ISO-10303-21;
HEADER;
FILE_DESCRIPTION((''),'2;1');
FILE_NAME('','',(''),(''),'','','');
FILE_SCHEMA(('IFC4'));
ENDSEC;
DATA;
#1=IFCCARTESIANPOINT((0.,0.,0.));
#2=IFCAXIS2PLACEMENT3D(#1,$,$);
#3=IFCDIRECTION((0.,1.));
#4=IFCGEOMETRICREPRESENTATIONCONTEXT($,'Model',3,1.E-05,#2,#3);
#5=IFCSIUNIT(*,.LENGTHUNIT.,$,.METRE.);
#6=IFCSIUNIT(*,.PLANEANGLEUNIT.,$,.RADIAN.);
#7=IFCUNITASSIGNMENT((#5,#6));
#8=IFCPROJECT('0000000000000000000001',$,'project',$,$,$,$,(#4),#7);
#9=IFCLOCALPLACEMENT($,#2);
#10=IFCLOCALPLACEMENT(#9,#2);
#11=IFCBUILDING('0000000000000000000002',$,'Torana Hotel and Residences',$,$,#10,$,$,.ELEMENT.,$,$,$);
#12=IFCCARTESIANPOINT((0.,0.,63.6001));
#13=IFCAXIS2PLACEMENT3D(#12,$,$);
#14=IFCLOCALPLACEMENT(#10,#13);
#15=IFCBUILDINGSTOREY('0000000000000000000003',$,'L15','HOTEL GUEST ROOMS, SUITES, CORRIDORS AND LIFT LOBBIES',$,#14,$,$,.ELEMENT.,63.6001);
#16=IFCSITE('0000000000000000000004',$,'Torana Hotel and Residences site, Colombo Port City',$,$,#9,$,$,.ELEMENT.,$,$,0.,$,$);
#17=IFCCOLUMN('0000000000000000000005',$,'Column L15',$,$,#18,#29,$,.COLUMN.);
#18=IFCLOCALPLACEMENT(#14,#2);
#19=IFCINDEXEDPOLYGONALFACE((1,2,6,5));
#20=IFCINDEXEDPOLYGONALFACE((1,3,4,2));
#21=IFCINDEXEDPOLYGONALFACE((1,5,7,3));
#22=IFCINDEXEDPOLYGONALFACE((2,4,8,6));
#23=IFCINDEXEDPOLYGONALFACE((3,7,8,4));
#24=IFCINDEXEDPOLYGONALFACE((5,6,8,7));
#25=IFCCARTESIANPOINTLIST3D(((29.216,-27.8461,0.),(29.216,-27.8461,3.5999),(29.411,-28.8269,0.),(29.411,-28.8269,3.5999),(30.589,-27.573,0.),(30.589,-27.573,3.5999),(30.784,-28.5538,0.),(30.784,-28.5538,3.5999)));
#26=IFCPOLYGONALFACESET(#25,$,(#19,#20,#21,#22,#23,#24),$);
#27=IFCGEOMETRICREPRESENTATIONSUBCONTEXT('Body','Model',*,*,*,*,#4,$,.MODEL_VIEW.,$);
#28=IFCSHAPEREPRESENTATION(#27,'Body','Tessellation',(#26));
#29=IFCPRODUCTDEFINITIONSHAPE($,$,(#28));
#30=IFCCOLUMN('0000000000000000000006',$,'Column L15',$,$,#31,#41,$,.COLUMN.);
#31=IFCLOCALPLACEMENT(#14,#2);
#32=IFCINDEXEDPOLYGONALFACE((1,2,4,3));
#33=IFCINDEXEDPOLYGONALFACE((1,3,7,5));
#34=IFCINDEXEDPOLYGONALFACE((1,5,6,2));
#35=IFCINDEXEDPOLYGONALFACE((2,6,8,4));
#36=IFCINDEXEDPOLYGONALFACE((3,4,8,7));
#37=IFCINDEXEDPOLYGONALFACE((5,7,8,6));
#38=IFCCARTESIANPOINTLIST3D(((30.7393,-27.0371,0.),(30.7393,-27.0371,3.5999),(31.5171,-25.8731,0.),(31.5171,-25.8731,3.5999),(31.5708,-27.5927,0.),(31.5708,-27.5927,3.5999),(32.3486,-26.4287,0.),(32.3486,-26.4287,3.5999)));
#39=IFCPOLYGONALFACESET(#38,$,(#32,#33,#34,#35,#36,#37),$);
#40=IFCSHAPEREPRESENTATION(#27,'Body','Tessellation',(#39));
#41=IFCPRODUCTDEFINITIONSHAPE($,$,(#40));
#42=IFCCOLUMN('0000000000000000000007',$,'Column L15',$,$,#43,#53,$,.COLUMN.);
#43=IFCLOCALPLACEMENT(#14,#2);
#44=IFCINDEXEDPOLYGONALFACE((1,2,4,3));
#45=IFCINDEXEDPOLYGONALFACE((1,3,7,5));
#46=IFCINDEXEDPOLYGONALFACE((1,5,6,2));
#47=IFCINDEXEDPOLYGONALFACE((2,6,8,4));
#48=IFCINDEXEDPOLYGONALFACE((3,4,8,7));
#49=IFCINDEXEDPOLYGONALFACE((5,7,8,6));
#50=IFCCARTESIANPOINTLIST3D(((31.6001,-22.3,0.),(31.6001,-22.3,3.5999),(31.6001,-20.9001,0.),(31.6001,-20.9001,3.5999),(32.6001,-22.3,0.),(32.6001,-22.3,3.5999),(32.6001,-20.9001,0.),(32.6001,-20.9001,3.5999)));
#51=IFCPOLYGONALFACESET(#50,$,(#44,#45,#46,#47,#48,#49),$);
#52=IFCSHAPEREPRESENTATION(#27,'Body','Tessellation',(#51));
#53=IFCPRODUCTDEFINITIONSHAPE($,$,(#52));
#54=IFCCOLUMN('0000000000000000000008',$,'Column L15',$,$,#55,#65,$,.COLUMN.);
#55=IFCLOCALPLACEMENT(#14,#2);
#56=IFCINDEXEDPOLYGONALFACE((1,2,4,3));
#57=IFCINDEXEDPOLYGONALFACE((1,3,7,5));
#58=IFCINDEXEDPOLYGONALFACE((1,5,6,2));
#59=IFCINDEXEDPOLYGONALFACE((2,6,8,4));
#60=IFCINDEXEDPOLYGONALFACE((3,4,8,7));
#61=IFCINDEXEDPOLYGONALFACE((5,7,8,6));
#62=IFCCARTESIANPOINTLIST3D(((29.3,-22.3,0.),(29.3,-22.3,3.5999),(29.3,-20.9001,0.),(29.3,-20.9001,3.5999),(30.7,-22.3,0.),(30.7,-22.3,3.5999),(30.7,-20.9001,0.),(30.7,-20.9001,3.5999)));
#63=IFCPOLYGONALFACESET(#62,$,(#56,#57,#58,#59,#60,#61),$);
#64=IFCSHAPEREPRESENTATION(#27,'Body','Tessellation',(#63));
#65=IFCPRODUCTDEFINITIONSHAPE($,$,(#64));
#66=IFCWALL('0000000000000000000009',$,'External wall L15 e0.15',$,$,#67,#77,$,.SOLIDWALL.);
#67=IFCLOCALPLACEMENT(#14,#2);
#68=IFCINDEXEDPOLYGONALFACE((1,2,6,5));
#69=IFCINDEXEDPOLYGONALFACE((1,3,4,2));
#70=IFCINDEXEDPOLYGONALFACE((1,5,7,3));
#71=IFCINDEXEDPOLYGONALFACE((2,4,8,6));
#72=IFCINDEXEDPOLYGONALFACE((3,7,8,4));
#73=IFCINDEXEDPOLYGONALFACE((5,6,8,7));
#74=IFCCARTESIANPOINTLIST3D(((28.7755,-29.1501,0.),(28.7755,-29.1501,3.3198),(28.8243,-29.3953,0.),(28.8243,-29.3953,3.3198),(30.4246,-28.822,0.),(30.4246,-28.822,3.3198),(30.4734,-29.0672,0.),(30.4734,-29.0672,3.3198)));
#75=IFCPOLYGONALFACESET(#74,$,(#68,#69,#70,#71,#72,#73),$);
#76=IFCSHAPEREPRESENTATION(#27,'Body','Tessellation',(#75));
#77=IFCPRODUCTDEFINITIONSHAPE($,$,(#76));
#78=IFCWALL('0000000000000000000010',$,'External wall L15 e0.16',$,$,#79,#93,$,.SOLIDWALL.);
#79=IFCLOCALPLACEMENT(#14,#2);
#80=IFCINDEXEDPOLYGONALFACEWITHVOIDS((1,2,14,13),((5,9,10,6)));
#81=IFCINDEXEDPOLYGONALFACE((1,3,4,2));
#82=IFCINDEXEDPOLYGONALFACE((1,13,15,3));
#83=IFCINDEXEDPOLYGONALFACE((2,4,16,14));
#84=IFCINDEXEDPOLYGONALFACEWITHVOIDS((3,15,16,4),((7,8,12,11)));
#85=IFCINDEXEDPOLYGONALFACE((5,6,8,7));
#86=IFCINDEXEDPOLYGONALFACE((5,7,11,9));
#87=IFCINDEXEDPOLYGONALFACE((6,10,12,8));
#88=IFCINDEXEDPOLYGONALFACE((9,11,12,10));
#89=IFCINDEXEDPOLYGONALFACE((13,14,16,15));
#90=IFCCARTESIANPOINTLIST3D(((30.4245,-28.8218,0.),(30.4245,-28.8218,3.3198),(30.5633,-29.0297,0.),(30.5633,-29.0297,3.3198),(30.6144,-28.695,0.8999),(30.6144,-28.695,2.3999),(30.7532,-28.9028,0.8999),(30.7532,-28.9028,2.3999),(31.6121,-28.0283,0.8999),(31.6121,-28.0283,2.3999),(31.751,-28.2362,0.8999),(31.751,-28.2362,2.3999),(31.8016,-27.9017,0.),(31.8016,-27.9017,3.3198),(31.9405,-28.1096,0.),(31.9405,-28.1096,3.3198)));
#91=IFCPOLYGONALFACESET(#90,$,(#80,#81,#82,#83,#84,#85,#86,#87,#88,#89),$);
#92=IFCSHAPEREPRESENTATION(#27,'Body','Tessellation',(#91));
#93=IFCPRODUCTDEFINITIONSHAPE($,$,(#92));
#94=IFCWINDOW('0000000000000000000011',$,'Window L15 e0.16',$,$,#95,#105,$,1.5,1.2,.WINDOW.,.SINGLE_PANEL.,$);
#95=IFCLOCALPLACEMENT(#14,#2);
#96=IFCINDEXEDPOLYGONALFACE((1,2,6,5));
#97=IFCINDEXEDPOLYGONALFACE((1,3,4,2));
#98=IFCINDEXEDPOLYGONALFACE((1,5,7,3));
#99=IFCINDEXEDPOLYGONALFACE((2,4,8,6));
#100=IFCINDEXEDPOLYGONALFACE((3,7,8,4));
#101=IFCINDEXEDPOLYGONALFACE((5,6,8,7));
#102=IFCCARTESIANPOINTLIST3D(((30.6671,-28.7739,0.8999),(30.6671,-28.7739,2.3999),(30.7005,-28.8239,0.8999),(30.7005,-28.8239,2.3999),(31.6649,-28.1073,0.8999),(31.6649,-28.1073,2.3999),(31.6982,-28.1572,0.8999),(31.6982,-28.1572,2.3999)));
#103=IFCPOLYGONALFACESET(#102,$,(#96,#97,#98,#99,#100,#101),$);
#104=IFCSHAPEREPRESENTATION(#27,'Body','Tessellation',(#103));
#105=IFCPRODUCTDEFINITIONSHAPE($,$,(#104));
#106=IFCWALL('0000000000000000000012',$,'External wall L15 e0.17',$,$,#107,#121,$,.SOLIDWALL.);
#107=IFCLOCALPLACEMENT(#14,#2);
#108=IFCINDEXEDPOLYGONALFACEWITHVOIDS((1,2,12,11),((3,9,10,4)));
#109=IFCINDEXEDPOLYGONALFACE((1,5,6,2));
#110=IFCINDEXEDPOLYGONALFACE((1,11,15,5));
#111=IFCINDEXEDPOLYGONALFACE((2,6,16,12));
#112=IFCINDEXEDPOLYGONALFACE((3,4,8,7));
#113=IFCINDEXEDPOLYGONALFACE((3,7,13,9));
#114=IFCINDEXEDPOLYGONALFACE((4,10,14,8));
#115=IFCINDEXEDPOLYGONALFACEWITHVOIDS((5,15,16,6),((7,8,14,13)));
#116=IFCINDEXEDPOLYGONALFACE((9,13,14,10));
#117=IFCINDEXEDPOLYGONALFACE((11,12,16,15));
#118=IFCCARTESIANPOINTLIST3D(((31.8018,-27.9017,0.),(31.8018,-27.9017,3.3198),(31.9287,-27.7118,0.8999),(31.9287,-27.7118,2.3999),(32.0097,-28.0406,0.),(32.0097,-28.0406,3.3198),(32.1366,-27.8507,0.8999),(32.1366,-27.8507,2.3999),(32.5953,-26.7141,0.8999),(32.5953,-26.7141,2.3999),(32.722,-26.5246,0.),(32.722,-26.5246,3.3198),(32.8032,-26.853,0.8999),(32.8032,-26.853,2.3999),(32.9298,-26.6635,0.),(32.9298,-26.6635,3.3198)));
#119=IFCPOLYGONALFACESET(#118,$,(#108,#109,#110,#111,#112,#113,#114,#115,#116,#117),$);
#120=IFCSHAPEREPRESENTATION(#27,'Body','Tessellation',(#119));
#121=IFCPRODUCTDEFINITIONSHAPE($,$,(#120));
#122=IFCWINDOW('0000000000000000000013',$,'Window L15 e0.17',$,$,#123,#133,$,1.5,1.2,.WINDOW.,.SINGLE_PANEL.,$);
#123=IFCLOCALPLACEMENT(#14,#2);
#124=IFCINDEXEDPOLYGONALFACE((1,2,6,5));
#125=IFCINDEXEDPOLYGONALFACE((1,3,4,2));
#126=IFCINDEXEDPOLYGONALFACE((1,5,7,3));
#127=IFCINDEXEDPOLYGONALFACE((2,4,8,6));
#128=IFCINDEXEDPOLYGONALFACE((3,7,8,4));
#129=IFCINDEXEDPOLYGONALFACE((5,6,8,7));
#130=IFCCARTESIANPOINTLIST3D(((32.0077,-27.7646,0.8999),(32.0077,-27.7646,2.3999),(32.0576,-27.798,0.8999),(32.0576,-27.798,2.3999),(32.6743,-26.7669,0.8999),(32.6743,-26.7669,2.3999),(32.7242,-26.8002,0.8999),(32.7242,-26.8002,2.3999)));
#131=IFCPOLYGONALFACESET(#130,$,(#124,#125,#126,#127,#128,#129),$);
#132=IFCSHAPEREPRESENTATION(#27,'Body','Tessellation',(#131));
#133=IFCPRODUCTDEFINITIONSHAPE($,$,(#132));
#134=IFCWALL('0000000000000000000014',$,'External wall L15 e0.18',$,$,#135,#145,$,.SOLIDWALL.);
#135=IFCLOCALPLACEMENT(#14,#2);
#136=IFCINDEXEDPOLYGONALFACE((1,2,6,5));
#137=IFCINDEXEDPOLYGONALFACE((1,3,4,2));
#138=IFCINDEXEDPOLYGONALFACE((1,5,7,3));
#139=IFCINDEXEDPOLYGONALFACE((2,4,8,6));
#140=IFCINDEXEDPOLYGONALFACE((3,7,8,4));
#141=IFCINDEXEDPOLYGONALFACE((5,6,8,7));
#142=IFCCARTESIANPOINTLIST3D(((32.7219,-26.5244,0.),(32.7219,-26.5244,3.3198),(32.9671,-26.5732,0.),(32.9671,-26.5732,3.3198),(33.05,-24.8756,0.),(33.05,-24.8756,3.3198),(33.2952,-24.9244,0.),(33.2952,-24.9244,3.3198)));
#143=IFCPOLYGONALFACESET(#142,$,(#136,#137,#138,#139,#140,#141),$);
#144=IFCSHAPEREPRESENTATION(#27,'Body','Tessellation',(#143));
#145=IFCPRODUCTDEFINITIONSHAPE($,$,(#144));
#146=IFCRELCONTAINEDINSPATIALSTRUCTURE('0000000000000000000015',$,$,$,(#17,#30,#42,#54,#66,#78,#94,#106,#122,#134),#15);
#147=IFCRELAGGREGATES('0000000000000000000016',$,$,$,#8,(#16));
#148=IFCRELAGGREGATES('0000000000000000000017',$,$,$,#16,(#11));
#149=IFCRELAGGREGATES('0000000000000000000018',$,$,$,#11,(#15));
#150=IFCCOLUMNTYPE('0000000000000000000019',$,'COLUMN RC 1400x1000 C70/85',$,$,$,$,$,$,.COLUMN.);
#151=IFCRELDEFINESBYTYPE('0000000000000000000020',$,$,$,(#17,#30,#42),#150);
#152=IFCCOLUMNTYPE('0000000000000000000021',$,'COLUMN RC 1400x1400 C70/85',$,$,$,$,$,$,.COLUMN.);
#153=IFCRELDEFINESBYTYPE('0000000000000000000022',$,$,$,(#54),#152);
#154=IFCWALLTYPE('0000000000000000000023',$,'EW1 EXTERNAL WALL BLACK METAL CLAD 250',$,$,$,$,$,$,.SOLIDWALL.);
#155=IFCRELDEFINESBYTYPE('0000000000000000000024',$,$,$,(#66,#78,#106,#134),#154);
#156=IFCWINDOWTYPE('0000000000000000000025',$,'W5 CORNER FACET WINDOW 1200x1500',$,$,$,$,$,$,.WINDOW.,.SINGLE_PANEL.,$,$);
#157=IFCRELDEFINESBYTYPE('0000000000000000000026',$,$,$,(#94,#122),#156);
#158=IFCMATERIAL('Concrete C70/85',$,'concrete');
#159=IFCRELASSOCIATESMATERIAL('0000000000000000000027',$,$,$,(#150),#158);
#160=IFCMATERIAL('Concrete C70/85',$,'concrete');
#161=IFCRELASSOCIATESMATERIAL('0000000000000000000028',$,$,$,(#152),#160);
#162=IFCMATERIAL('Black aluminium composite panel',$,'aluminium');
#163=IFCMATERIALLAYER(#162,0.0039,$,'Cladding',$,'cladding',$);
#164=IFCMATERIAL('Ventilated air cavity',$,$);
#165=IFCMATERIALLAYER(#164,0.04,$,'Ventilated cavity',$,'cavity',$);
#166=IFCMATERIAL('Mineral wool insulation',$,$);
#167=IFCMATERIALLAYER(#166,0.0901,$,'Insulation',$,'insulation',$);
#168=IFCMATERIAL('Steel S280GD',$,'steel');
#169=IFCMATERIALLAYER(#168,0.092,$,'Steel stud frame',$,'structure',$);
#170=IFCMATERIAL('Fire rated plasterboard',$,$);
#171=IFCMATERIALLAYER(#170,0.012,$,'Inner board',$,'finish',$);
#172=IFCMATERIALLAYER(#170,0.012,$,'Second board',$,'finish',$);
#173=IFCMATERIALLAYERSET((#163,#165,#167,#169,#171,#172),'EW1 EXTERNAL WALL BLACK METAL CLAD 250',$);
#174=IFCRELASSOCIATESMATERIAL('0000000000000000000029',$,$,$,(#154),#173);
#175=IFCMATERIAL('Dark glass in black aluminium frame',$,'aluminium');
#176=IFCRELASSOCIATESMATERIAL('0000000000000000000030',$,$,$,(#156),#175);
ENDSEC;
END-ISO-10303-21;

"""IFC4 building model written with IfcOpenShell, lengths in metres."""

from ifc_helpers import new_model, si_unit, direction, frame, frame_2d, origin, origin_2d, place, context, subcontext, project, spatial, rectangle, extrude, material, layer, layer_set, material_profile, profile_set, type_object, element, fill, save


model = new_model("IFC4")

# Units and contexts
model_context = context("Model", 3, precision=1e-05, world=origin(), true_north=direction((0.0, 1.0)))
body_context = subcontext(model_context, "Body", "Model", "MODEL_VIEW")
ifc_project = project(units=[si_unit("LENGTHUNIT", "METRE"), si_unit("PLANEANGLEUNIT", "RADIAN")], contexts=[model_context])

# Site, building, storey
site_placement = place(None, origin())
site = spatial("IfcSite", under=ifc_project, at=site_placement, Name="Torana Hotel and Residences site, Colombo Port City", CompositionType="ELEMENT", RefElevation=0.0)
building_placement = place(site_placement, origin())
building = spatial("IfcBuilding", under=site, at=building_placement, Name="Torana Hotel and Residences", CompositionType="ELEMENT")
storey_placement = place(building_placement, frame((0.0, 0.0, 63.6001)))
storey = spatial("IfcBuildingStorey", under=building, at=storey_placement, Name="L15", Description="HOTEL GUEST ROOMS, SUITES, CORRIDORS AND LIFT LOBBIES", CompositionType="ELEMENT", Elevation=63.6001)

# Columns
ifc_material_1 = material(Name="Concrete C70/85", Category="concrete")
ifc_material_profile_1 = material_profile(ifc_material_1, rectangle(XDim=1.3999, YDim=1.0, at=origin_2d()), Name="RC 1400x1000")
ifc_profile_set_1 = profile_set([ifc_material_profile_1], Name="Concrete C70/85")
column_type_1 = type_object("IfcColumnType", Name="COLUMN RC 1400x1000 C70/85", PredefinedType="COLUMN", material=ifc_profile_set_1)
for number, where, z_axis, x_axis, name in (
    (1, (30.0, -28.2, 0.0), (0.0, 0.0, 1.0), (0.980792, 0.195056, 0.0), "Column L15"),
    (2, (31.5439, -26.7329, 0.0), (0.0, 0.0, 1.0), (0.555585, 0.83146, 0.0), "Column L15"),
    (3, (32.1001, -21.6001, 0.0), (0.0, 0.0, 1.0), (0.0, 1.0, 0.0), "Column L15"),
):
    element("IfcColumn", number, at=place(storey_placement, frame(where, z_axis=z_axis, x_axis=x_axis)), inside=storey, type_object=column_type_1, Name=name, PredefinedType="COLUMN", context=body_context, shape_type="SweptSolid", body=[
        extrude(rectangle(XDim=1.3999, YDim=1.0, at=origin_2d()), origin(), (0.0, 0.0, 1.0), 3.5999),
    ])
ifc_material_2 = material(Name="Concrete C70/85", Category="concrete")
ifc_material_profile_2 = material_profile(ifc_material_2, rectangle(XDim=1.3999, YDim=1.3999, at=origin_2d()), Name="RC 1400x1400")
ifc_profile_set_2 = profile_set([ifc_material_profile_2], Name="Concrete C70/85")
column_type_2 = type_object("IfcColumnType", Name="COLUMN RC 1400x1400 C70/85", PredefinedType="COLUMN", material=ifc_profile_set_2)
column_placement = place(storey_placement, frame((30.0, -21.6001, 0.0), z_axis=(0.0, 0.0, 1.0), x_axis=(1.0, 0.0, 0.0)))
element("IfcColumn", 4, at=column_placement, inside=storey, type_object=column_type_2, Name="Column L15", PredefinedType="COLUMN", context=body_context, shape_type="SweptSolid", body=[
    extrude(rectangle(XDim=1.3999, YDim=1.3999, at=origin_2d()), origin(), (0.0, 0.0, 1.0), 3.5999),
])

# Wall
ifc_material_3 = material(Name="Black aluminium composite panel", Category="aluminium")
ifc_layer_1 = layer(ifc_material_3, 0.0039, Name="Cladding", Category="cladding")
ifc_material_4 = material(Name="Ventilated air cavity")
ifc_layer_2 = layer(ifc_material_4, 0.04, Name="Ventilated cavity", Category="cavity")
ifc_material_5 = material(Name="Mineral wool insulation")
ifc_layer_3 = layer(ifc_material_5, 0.0901, Name="Insulation", Category="insulation")
ifc_material_6 = material(Name="Steel S280GD", Category="steel")
ifc_layer_4 = layer(ifc_material_6, 0.092, Name="Steel stud frame", Category="structure")
ifc_material_7 = material(Name="Fire rated plasterboard")
ifc_layer_5 = layer(ifc_material_7, 0.012, Name="Inner board", Category="finish")
ifc_layer_6 = layer(ifc_material_7, 0.012, Name="Second board", Category="finish")
ifc_layer_set_1 = layer_set([ifc_layer_1, ifc_layer_2, ifc_layer_3, ifc_layer_4, ifc_layer_5, ifc_layer_6], Name="EW1 EXTERNAL WALL BLACK METAL CLAD 250")
wall_type_1 = type_object("IfcWallType", Name="EW1 EXTERNAL WALL BLACK METAL CLAD 250", PredefinedType="SOLIDWALL", material=ifc_layer_set_1)
wall_1_placement = place(storey_placement, frame((28.7998, -29.2727, 0.0), z_axis=(0.0, 0.0, 1.0), x_axis=(0.980776, 0.195139, 0.0)))
element("IfcWall", 5, at=wall_1_placement, inside=storey, type_object=wall_type_1, Name="External wall L15 e0.15", PredefinedType="SOLIDWALL", context=body_context, shape_type="SweptSolid", body=[
    extrude(rectangle(XDim=1.6814, YDim=0.25, at=frame_2d((0.8408, 0.0))), origin(), (0.0, 0.0, 1.0), 3.3198),
])

# Walls, openings, windows
wall_2_placement = place(storey_placement, frame((30.4939, -28.9258, 0.0), z_axis=(0.0, 0.0, 1.0), x_axis=(0.831483, 0.55555, 0.0)))
wall_2 = element("IfcWall", 6, at=wall_2_placement, inside=storey, type_object=wall_type_1, Name="External wall L15 e0.16", PredefinedType="SOLIDWALL", context=body_context, shape_type="SweptSolid", body=[
    extrude(rectangle(XDim=1.6562, YDim=0.25, at=frame_2d((0.8281, 0.0))), origin(), (0.0, 0.0, 1.0), 3.3198),
])
opening_1_placement = place(wall_2_placement, frame((0.2283, 0.0, 0.8999)))
opening_1 = element("IfcOpeningElement", 7, at=opening_1_placement, cuts=wall_2, PredefinedType="OPENING", context=body_context, shape_type="SweptSolid", body=[
    extrude(rectangle(XDim=1.2, YDim=1.5, at=frame_2d((0.6001, 0.75))), frame((0.0, 0.135, 0.0), z_axis=(0.0, -1.0, 0.0), x_axis=(1.0, 0.0, 0.0)), (0.0, 0.0, 1.0), 0.27),
])
ifc_material_8 = material(Name="Dark glass in black aluminium frame", Category="aluminium")
window_type_1 = type_object("IfcWindowType", Name="W5 CORNER FACET WINDOW 1200x1500", PartitioningType="SINGLE_PANEL", PredefinedType="WINDOW", material=ifc_material_8)
window_1_placement = place(opening_1_placement, origin())
window_1 = element("IfcWindow", 8, at=window_1_placement, inside=storey, type_object=window_type_1, Name="Window L15 e0.16", OverallHeight=1.5, OverallWidth=1.2, PartitioningType="SINGLE_PANEL", PredefinedType="WINDOW", context=body_context, shape_type="SweptSolid", body=[
    extrude(rectangle(XDim=1.2, YDim=1.5, at=frame_2d((0.6001, 0.75))), frame((0.0, 0.03, 0.0), z_axis=(0.0, -1.0, 0.0), x_axis=(1.0, 0.0, 0.0)), (0.0, 0.0, 1.0), 0.0601),
])
fill(opening_1, window_1)
wall_3_placement = place(storey_placement, frame((31.9058, -27.9712, 0.0), z_axis=(0.0, 0.0, 1.0), x_axis=(0.55555, 0.831483, 0.0)))
wall_3 = element("IfcWall", 9, at=wall_3_placement, inside=storey, type_object=wall_type_1, Name="External wall L15 e0.17", PredefinedType="SOLIDWALL", context=body_context, shape_type="SweptSolid", body=[
    extrude(rectangle(XDim=1.6562, YDim=0.25, at=frame_2d((0.8281, 0.0))), origin(), (0.0, 0.0, 1.0), 3.3198),
])
opening_2_placement = place(wall_3_placement, frame((0.2283, 0.0, 0.8999)))
opening_2 = element("IfcOpeningElement", 10, at=opening_2_placement, cuts=wall_3, PredefinedType="OPENING", context=body_context, shape_type="SweptSolid", body=[
    extrude(rectangle(XDim=1.2, YDim=1.5, at=frame_2d((0.6001, 0.75))), frame((0.0, 0.135, 0.0), z_axis=(0.0, -1.0, 0.0), x_axis=(1.0, 0.0, 0.0)), (0.0, 0.0, 1.0), 0.27),
])
window_2_placement = place(opening_2_placement, origin())
window_2 = element("IfcWindow", 11, at=window_2_placement, inside=storey, type_object=window_type_1, Name="Window L15 e0.17", OverallHeight=1.5, OverallWidth=1.2, PartitioningType="SINGLE_PANEL", PredefinedType="WINDOW", context=body_context, shape_type="SweptSolid", body=[
    extrude(rectangle(XDim=1.2, YDim=1.5, at=frame_2d((0.6001, 0.75))), frame((0.0, 0.03, 0.0), z_axis=(0.0, -1.0, 0.0), x_axis=(1.0, 0.0, 0.0)), (0.0, 0.0, 1.0), 0.0601),
])
fill(opening_2, window_2)

# Wall
wall_4_placement = place(storey_placement, frame((32.8445, -26.5488, 0.0), z_axis=(0.0, 0.0, 1.0), x_axis=(0.195167, 0.98077, 0.0)))
element("IfcWall", 12, at=wall_4_placement, inside=storey, type_object=wall_type_1, Name="External wall L15 e0.18", PredefinedType="SOLIDWALL", context=body_context, shape_type="SweptSolid", body=[
    extrude(rectangle(XDim=1.6812, YDim=0.25, at=frame_2d((0.8406, 0.0))), origin(), (0.0, 0.0, 1.0), 3.3198),
])

save(model, "model.ifc")
